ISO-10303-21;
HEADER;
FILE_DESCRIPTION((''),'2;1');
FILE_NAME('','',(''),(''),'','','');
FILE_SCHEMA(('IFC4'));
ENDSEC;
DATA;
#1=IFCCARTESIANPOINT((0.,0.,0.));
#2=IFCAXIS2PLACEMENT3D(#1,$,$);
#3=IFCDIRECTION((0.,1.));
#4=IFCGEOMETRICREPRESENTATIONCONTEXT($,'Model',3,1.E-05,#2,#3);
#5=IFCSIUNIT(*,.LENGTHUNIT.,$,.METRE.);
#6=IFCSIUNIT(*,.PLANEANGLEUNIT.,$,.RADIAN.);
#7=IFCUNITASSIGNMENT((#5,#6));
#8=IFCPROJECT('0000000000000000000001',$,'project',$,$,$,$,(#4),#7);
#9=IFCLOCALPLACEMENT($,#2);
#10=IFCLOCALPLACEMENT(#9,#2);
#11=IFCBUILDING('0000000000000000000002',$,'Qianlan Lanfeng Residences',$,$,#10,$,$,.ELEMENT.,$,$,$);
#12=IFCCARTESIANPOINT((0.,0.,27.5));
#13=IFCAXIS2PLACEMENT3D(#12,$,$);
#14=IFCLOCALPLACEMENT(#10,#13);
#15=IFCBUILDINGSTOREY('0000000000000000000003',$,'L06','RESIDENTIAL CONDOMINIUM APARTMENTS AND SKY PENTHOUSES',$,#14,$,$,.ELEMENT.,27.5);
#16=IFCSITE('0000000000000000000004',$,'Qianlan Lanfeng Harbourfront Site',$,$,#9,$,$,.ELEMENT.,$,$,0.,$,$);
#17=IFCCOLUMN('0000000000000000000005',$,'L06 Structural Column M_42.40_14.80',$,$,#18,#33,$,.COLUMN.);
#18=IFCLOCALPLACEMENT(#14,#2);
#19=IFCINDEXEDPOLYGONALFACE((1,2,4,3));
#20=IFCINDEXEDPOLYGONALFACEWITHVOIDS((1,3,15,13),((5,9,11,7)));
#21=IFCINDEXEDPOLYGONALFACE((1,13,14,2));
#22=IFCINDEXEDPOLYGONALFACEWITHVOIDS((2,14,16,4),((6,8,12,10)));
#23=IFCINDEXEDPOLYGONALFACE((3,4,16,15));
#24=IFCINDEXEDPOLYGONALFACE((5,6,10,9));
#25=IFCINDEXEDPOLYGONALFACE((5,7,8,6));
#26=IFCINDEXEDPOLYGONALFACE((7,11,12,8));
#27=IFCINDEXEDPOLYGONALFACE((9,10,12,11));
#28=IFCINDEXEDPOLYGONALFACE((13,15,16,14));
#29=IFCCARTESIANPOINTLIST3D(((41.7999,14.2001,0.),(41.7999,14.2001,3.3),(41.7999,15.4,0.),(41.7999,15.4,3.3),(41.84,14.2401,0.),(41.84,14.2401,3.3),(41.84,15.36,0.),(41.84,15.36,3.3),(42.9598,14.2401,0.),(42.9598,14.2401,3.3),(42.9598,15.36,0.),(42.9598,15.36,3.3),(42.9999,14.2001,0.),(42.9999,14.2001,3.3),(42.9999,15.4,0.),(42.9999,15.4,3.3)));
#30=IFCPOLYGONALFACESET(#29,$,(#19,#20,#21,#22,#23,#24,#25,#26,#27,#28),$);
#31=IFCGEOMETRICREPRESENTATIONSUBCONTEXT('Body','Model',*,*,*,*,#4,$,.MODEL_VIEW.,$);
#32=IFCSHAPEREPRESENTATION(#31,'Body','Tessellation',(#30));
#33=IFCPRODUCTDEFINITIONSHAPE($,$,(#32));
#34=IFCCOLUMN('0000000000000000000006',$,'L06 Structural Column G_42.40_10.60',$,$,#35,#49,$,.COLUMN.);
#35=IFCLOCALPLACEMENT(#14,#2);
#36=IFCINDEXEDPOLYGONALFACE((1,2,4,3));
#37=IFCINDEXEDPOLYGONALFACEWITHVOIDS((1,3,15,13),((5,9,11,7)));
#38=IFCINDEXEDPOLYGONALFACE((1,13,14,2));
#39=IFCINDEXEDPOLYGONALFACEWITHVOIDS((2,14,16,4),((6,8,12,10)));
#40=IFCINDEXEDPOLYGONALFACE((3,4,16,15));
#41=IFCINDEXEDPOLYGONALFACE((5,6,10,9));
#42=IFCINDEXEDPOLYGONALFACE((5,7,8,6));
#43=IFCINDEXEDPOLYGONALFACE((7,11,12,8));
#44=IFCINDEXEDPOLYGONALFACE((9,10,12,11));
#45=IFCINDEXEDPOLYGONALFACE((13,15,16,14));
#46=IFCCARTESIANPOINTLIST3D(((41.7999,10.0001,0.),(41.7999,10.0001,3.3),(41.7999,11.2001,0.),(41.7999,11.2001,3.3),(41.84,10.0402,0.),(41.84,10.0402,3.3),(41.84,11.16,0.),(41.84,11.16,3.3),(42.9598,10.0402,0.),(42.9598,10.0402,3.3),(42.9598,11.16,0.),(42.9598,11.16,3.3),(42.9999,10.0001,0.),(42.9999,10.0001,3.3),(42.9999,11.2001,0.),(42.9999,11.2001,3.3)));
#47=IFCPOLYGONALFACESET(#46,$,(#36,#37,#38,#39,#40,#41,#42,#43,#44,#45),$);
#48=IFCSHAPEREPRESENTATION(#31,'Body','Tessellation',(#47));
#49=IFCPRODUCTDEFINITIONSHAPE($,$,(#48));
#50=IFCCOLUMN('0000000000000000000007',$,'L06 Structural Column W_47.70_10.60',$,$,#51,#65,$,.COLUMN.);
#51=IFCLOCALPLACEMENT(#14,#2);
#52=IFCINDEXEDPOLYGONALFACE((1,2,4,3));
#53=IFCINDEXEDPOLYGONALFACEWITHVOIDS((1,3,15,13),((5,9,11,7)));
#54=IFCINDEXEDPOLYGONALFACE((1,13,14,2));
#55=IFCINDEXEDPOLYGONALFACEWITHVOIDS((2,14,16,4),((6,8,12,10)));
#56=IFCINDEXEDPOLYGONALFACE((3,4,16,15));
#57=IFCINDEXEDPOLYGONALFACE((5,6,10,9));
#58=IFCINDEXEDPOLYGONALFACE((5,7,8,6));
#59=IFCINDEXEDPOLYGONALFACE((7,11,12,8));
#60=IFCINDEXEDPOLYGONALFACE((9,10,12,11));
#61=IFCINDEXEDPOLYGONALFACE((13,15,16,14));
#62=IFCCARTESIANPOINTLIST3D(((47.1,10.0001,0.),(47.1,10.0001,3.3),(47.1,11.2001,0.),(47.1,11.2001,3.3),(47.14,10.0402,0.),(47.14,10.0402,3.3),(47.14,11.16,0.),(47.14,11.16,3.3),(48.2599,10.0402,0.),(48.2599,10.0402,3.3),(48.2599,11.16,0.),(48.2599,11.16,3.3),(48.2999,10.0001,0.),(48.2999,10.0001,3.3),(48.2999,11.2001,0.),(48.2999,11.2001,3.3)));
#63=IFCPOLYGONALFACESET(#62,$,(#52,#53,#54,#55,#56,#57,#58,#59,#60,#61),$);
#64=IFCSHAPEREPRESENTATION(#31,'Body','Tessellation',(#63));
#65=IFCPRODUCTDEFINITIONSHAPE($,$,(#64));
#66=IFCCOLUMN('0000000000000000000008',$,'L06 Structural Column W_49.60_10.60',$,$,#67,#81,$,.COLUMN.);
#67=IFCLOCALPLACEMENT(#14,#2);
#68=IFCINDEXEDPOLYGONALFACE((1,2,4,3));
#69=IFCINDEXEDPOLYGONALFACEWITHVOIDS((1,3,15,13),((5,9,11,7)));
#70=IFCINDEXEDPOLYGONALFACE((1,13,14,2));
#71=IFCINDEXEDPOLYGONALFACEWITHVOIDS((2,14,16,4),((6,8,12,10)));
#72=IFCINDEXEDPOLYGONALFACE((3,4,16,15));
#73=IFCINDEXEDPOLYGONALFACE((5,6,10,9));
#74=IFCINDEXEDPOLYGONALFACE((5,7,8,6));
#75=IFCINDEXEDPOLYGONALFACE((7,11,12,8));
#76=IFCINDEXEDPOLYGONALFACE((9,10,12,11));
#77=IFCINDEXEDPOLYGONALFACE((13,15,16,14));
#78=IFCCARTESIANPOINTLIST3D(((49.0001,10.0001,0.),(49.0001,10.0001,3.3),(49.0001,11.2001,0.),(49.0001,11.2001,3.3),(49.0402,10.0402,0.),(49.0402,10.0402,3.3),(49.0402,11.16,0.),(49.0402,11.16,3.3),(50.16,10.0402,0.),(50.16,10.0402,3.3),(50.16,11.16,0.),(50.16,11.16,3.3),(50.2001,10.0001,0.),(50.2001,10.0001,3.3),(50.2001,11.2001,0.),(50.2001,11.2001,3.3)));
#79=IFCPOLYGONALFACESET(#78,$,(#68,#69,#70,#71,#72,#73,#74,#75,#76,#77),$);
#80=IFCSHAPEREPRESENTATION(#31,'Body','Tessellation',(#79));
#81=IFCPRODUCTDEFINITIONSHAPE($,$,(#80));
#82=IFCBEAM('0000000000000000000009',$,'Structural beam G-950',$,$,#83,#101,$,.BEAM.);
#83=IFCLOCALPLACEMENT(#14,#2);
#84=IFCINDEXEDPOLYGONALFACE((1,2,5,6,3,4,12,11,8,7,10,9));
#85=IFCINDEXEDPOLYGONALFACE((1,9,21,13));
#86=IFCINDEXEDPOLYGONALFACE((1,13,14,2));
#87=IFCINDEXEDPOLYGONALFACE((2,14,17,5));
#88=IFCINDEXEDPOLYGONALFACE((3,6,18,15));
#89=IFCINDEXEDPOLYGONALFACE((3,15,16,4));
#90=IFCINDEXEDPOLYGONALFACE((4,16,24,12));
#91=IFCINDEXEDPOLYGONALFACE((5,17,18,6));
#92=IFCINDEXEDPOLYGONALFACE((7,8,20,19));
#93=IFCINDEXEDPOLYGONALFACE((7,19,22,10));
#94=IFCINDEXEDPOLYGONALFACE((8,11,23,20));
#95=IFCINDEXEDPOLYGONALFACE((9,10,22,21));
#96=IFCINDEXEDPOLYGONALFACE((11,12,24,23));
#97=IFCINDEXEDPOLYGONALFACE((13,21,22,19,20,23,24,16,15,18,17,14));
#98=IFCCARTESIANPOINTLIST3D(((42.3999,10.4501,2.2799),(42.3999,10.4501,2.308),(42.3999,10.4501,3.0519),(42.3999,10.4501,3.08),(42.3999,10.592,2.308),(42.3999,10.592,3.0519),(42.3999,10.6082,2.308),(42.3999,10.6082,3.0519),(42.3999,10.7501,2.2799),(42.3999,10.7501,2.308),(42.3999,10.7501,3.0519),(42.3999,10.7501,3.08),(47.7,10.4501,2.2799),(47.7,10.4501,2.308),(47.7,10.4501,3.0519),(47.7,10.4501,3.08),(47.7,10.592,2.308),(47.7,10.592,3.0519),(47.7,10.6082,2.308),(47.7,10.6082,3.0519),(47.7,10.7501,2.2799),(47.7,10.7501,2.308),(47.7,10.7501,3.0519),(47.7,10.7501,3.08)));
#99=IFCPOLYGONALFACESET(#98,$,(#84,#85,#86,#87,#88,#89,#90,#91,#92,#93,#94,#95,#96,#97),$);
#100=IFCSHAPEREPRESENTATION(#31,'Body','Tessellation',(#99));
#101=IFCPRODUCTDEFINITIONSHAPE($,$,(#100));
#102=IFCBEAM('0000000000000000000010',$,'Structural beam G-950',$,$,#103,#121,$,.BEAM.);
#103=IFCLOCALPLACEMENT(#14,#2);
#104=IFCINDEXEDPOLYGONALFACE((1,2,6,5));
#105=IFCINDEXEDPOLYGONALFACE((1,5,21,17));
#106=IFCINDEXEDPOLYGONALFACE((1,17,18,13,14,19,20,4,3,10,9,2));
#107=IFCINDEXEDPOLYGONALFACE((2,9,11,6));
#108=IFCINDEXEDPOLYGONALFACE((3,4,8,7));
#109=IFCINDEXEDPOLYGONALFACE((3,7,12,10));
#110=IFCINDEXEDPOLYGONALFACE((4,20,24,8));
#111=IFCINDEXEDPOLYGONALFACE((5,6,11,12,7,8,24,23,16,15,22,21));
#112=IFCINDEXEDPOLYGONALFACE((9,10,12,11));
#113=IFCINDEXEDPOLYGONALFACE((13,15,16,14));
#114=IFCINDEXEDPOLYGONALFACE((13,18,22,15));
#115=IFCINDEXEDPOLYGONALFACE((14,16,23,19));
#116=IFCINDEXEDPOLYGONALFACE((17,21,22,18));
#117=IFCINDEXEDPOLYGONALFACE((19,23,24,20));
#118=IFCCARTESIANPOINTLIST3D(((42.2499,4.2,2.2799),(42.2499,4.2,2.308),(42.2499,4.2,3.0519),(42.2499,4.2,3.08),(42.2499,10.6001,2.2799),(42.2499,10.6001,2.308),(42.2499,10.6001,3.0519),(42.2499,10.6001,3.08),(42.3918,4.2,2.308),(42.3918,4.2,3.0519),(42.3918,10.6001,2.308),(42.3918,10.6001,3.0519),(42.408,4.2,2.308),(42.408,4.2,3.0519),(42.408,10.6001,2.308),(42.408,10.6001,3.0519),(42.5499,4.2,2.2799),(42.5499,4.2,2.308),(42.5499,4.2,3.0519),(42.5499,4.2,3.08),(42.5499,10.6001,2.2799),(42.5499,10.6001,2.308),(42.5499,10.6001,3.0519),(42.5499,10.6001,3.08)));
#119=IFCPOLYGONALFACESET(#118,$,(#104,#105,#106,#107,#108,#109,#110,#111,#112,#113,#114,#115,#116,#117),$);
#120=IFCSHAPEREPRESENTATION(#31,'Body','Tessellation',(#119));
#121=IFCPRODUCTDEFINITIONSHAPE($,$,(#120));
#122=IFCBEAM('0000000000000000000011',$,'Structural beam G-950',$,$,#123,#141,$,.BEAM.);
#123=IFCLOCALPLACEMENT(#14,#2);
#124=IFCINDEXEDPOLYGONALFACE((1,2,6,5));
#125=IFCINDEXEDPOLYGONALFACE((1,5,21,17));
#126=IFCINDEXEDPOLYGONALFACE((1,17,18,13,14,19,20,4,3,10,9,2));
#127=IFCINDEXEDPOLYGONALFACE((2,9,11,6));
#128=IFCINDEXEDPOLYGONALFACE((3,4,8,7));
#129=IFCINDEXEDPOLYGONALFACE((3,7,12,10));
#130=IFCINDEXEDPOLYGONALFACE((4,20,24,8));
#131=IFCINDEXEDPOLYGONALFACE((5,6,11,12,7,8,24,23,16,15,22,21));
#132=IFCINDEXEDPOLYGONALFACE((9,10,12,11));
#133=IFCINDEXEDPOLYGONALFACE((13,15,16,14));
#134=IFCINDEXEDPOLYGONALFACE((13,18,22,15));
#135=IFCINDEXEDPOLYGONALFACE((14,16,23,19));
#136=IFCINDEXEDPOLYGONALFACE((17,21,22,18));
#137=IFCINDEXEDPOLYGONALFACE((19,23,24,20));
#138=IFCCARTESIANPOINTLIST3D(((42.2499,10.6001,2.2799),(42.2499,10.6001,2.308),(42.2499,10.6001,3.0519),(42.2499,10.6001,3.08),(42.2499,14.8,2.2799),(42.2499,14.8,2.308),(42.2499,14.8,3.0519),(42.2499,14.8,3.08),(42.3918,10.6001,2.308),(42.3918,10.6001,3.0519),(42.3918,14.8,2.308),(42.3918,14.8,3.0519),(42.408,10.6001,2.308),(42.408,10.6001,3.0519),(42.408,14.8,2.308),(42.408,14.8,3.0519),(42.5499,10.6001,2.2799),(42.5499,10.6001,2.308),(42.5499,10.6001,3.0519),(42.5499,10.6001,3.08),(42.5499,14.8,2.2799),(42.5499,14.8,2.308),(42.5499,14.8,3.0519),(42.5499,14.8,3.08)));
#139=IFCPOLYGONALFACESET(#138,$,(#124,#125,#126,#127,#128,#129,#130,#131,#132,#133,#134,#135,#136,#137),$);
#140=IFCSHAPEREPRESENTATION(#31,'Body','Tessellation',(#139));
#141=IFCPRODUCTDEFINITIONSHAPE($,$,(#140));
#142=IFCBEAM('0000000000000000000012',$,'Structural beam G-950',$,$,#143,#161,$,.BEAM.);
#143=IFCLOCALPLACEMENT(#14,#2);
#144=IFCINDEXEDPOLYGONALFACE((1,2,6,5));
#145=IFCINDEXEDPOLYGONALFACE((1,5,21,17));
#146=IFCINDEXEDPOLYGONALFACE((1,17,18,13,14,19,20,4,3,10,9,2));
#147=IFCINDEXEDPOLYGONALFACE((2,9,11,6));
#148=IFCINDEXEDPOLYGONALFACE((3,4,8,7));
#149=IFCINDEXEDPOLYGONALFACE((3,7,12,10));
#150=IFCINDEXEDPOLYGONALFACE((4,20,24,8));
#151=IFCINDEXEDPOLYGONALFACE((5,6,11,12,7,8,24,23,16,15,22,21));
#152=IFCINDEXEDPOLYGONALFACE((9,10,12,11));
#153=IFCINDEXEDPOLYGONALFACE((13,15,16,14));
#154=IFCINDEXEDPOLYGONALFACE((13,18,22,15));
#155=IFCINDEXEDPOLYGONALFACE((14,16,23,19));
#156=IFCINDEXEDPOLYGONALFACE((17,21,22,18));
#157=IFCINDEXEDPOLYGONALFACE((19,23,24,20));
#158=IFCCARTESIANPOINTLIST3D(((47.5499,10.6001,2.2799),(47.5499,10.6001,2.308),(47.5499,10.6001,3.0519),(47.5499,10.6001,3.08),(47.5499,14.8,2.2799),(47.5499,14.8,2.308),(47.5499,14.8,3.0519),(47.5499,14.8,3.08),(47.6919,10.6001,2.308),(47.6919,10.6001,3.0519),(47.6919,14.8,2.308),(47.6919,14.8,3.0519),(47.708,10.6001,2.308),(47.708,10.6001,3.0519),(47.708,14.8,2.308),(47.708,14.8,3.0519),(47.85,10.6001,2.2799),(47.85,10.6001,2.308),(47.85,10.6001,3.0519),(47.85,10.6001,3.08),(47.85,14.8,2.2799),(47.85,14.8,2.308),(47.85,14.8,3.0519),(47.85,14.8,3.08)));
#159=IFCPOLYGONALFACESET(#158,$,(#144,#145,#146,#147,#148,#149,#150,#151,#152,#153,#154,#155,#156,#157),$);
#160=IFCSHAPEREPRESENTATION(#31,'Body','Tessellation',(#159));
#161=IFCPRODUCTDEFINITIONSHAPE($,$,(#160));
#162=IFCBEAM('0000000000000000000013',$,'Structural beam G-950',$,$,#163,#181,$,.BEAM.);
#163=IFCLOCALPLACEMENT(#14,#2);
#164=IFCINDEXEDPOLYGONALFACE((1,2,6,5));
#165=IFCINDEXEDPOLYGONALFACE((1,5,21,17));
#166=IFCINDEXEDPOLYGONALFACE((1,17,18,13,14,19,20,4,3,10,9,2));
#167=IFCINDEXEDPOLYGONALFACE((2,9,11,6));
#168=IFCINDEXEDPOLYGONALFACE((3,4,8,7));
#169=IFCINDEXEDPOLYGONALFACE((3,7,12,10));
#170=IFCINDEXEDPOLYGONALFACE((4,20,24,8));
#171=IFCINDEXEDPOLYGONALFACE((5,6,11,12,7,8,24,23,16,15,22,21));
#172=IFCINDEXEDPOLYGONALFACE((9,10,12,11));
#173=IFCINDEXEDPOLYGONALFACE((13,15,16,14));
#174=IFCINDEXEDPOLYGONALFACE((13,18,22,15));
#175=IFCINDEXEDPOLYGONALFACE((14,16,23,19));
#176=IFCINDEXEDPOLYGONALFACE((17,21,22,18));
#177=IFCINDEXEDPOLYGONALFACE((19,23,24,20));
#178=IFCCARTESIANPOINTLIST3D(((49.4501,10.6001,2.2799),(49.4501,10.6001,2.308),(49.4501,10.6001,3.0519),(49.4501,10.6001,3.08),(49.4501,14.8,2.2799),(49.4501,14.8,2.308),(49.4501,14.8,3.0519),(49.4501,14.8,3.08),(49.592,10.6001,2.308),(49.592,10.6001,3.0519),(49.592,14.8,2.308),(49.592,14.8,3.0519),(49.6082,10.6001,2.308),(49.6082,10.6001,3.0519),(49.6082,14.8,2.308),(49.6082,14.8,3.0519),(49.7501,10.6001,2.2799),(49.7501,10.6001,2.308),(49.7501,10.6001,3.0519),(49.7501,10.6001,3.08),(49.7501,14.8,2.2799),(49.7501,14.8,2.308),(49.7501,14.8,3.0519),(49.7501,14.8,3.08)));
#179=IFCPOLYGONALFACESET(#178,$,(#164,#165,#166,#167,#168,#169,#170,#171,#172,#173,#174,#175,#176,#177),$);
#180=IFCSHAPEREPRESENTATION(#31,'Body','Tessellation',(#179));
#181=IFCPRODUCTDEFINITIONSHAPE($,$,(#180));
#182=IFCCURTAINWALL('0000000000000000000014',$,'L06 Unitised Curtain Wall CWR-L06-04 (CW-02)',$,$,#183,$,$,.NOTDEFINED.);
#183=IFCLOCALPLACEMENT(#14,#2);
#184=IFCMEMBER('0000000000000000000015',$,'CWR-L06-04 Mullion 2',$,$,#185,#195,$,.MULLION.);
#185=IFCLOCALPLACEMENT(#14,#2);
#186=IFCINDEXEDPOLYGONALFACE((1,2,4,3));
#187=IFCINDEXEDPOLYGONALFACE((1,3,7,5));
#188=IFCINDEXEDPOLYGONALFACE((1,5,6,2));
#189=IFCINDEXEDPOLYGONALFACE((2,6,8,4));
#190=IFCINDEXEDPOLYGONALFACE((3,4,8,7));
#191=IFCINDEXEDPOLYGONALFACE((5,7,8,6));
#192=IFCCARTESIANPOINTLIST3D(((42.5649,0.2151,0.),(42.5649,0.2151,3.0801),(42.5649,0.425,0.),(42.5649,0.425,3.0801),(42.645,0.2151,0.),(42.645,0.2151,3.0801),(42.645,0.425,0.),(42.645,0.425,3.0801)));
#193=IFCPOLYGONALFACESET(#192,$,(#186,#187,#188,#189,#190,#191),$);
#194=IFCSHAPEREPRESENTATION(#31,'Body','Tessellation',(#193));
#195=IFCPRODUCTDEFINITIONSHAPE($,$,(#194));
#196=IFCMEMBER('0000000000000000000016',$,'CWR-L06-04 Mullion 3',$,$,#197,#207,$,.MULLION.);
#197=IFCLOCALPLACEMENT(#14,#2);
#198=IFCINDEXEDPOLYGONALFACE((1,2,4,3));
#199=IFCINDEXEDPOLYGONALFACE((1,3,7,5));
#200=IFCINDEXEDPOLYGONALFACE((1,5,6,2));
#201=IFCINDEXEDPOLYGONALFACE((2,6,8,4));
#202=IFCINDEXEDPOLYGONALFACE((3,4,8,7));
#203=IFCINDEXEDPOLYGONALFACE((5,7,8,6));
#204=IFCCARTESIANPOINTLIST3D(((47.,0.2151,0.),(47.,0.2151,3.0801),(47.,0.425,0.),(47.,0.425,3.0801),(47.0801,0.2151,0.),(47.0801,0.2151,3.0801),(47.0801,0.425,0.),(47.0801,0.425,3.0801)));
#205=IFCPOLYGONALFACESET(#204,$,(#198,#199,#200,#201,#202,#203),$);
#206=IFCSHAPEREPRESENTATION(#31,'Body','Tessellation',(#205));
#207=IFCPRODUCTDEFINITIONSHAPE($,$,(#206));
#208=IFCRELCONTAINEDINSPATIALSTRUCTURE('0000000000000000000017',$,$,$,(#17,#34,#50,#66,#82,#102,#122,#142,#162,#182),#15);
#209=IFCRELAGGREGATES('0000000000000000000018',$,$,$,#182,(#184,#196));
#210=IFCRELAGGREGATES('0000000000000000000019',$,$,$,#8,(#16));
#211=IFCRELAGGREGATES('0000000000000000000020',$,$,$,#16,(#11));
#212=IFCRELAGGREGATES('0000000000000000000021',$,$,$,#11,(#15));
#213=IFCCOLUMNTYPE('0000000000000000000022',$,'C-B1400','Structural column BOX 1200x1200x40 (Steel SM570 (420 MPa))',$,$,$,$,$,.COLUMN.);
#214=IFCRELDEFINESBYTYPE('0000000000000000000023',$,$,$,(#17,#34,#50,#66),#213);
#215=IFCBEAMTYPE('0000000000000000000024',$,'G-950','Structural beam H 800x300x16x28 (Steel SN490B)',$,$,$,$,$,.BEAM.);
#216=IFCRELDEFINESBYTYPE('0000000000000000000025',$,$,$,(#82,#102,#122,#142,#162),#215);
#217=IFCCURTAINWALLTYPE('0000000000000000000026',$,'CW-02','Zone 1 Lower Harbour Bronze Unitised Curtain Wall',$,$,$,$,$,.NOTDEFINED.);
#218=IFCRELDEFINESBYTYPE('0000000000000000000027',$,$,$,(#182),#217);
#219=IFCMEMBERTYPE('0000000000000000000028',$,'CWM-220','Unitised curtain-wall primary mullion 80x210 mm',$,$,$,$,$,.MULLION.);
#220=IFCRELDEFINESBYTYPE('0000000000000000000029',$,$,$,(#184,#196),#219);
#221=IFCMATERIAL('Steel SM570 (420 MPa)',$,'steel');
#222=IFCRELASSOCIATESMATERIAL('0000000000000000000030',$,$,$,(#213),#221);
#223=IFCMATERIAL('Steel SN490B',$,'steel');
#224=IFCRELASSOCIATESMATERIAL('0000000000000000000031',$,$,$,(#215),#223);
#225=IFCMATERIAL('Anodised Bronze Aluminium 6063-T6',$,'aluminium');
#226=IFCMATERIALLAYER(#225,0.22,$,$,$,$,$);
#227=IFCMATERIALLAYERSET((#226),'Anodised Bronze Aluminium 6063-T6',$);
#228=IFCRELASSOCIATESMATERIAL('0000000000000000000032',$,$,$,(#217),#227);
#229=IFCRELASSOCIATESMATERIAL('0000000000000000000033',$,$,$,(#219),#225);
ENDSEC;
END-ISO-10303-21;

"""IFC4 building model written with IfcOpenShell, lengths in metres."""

from ifc_helpers import new_model, si_unit, direction, frame, origin, origin_2d, place, context, subcontext, project, spatial, rectangle, hollow_rectangle, i_section, extrude, source, transform, mapped, material, layer, layer_set, material_profile, profile_set, type_object, element, aggregate, save


model = new_model("IFC4")

# Units and contexts
model_context = context("Model", 3, precision=1e-05, world=origin(), true_north=direction((0.0, 1.0)))
body_context = subcontext(model_context, "Body", "Model", "MODEL_VIEW")
ifc_project = project(units=[si_unit("LENGTHUNIT", "METRE"), si_unit("PLANEANGLEUNIT", "RADIAN")], contexts=[model_context])

# Site, building, storey
site_placement = place(None, origin())
site = spatial("IfcSite", under=ifc_project, at=site_placement, Name="Qianlan Lanfeng Harbourfront Site", CompositionType="ELEMENT", RefElevation=0.0)
building_placement = place(site_placement, origin())
building = spatial("IfcBuilding", under=site, at=building_placement, Name="Qianlan Lanfeng Residences", CompositionType="ELEMENT")
storey_placement = place(building_placement, frame((0.0, 0.0, 27.5)))
storey = spatial("IfcBuildingStorey", under=building, at=storey_placement, Name="L06", Description="RESIDENTIAL CONDOMINIUM APARTMENTS AND SKY PENTHOUSES", CompositionType="ELEMENT", Elevation=27.5)

# Columns
ifc_material_1 = material(Name="Steel SM570 (420 MPa)", Category="steel")
ifc_material_profile_1 = material_profile(ifc_material_1, hollow_rectangle(XDim=1.2, YDim=1.2, WallThickness=0.04, at=origin_2d()), Name="BOX 1200x1200x40")
ifc_profile_set_1 = profile_set([ifc_material_profile_1], Name="Steel SM570 (420 MPa)")
column_type = type_object("IfcColumnType", Name="C-B1400", Description="Structural column BOX 1200x1200x40 (Steel SM570 (420 MPa))", PredefinedType="COLUMN", material=ifc_profile_set_1)
for number, where, z_axis, x_axis, name in (
    (1, (42.3999, 14.8, 0.0), (0.0, 0.0, 1.0), (1.0, 0.0, 0.0), "L06 Structural Column M_42.40_14.80"),
    (2, (42.3999, 10.6001, 0.0), (0.0, 0.0, 1.0), (1.0, 0.0, 0.0), "L06 Structural Column G_42.40_10.60"),
    (3, (47.7, 10.6001, 0.0), (0.0, 0.0, 1.0), (1.0, 0.0, 0.0), "L06 Structural Column W_47.70_10.60"),
    (4, (49.6001, 10.6001, 0.0), (0.0, 0.0, 1.0), (1.0, 0.0, 0.0), "L06 Structural Column W_49.60_10.60"),
):
    element("IfcColumn", number, at=place(storey_placement, frame(where, z_axis=z_axis, x_axis=x_axis)), inside=storey, type_object=column_type, Name=name, PredefinedType="COLUMN", context=body_context, shape_type="SweptSolid", body=[
        extrude(hollow_rectangle(XDim=1.2, YDim=1.2, WallThickness=0.04, at=origin_2d()), origin(), (0.0, 0.0, 1.0), 3.3),
    ])

# Beams
ifc_material_2 = material(Name="Steel SN490B", Category="steel")
ifc_material_profile_2 = material_profile(ifc_material_2, i_section(OverallWidth=0.3, OverallDepth=0.8, WebThickness=0.0161, FlangeThickness=0.0281, at=origin_2d()), Name="H 800x300x16x28")
ifc_profile_set_2 = profile_set([ifc_material_profile_2], Name="Steel SN490B")
beam_type = type_object("IfcBeamType", Name="G-950", Description="Structural beam H 800x300x16x28 (Steel SN490B)", PredefinedType="BEAM", material=ifc_profile_set_2)
beam_1_placement = place(storey_placement, frame((42.3999, 10.6001, 2.6799), z_axis=(1.0, 0.0, 0.0), x_axis=(0.0, 1.0, 0.0)))
element("IfcBeam", 5, at=beam_1_placement, inside=storey, type_object=beam_type, Name="Structural beam G-950", PredefinedType="BEAM", context=body_context, shape_type="SweptSolid", body=[
    extrude(i_section(OverallWidth=0.3, OverallDepth=0.8, WebThickness=0.0161, FlangeThickness=0.0281, at=origin_2d()), origin(), (0.0, 0.0, 1.0), 5.3),
])
beam_2_placement = place(storey_placement, frame((42.3999, 4.2, 2.6799), z_axis=(0.0, 1.0, 0.0), x_axis=(-1.0, 0.0, 0.0)))
element("IfcBeam", 6, at=beam_2_placement, inside=storey, type_object=beam_type, Name="Structural beam G-950", PredefinedType="BEAM", context=body_context, shape_type="SweptSolid", body=[
    extrude(i_section(OverallWidth=0.3, OverallDepth=0.8, WebThickness=0.0161, FlangeThickness=0.0281, at=origin_2d()), origin(), (0.0, 0.0, 1.0), 6.4001),
])
for number, where, z_axis, x_axis, name in (
    (7, (42.3999, 10.6001, 2.6799), (0.0, 1.0, 0.0), (-1.0, 0.0, 0.0), "Structural beam G-950"),
    (8, (47.7, 10.6001, 2.6799), (0.0, 1.0, 0.0), (-1.0, 0.0, 0.0), "Structural beam G-950"),
    (9, (49.6001, 10.6001, 2.6799), (0.0, 1.0, 0.0), (-1.0, 0.0, 0.0), "Structural beam G-950"),
):
    element("IfcBeam", number, at=place(storey_placement, frame(where, z_axis=z_axis, x_axis=x_axis)), inside=storey, type_object=beam_type, Name=name, PredefinedType="BEAM", context=body_context, shape_type="SweptSolid", body=[
        extrude(i_section(OverallWidth=0.3, OverallDepth=0.8, WebThickness=0.0161, FlangeThickness=0.0281, at=origin_2d()), origin(), (0.0, 0.0, 1.0), 4.2),
    ])

# Curtain wall, members
ifc_material_3 = material(Name="Anodised Bronze Aluminium 6063-T6", Category="aluminium")
ifc_layer_1 = layer(ifc_material_3, 0.22)
ifc_layer_set_1 = layer_set([ifc_layer_1], Name="Anodised Bronze Aluminium 6063-T6")
curtain_wall_type = type_object("IfcCurtainWallType", Name="CW-02", Description="Zone 1 Lower Harbour Bronze Unitised Curtain Wall", PredefinedType="NOTDEFINED", material=ifc_layer_set_1)
curtain_wall_1_placement = place(storey_placement, origin())
curtain_wall_1 = element("IfcCurtainWall", 10, at=curtain_wall_1_placement, inside=storey, type_object=curtain_wall_type, Name="L06 Unitised Curtain Wall CWR-L06-04 (CW-02)", PredefinedType="NOTDEFINED")
ifc_material_profile_3 = material_profile(ifc_material_3, rectangle(XDim=0.0801, YDim=0.21, at=origin_2d()), Name="ALU MULLION 80x210")
ifc_profile_set_3 = profile_set([ifc_material_profile_3], Name="Anodised Bronze Aluminium 6063-T6")
member_type_1 = type_object("IfcMemberType", Name="CWM-220", Description="Unitised curtain-wall primary mullion 80x210 mm", PredefinedType="MULLION", material=ifc_profile_set_3)
shared_shape_1 = source(origin(), body_context, "Body", "SweptSolid", [
    extrude(rectangle(XDim=0.0801, YDim=0.21, at=origin_2d()), origin(), (0.0, 0.0, 1.0), 3.0801),
])
member_1_placement = place(storey_placement, frame((42.605, 0.3201, 0.0), z_axis=(0.0, 0.0, 1.0), x_axis=(1.0, 0.0, 0.0)))
member_1 = element("IfcMember", 11, at=member_1_placement, type_object=member_type_1, Name="CWR-L06-04 Mullion 2", PredefinedType="MULLION", context=body_context, shape_type="MappedRepresentation", body=[
    mapped(shared_shape_1, transform((0.0, 0.0, 0.0), scale=1.0)),
])
member_2_placement = place(storey_placement, frame((47.04, 0.3201, 0.0), z_axis=(0.0, 0.0, 1.0), x_axis=(1.0, 0.0, 0.0)))
member_2 = element("IfcMember", 12, at=member_2_placement, type_object=member_type_1, Name="CWR-L06-04 Mullion 3", PredefinedType="MULLION", context=body_context, shape_type="MappedRepresentation", body=[
    mapped(shared_shape_1, transform((0.0, 0.0, 0.0), scale=1.0)),
])

aggregate(curtain_wall_1, [member_1, member_2])

save(model, "model.ifc")
